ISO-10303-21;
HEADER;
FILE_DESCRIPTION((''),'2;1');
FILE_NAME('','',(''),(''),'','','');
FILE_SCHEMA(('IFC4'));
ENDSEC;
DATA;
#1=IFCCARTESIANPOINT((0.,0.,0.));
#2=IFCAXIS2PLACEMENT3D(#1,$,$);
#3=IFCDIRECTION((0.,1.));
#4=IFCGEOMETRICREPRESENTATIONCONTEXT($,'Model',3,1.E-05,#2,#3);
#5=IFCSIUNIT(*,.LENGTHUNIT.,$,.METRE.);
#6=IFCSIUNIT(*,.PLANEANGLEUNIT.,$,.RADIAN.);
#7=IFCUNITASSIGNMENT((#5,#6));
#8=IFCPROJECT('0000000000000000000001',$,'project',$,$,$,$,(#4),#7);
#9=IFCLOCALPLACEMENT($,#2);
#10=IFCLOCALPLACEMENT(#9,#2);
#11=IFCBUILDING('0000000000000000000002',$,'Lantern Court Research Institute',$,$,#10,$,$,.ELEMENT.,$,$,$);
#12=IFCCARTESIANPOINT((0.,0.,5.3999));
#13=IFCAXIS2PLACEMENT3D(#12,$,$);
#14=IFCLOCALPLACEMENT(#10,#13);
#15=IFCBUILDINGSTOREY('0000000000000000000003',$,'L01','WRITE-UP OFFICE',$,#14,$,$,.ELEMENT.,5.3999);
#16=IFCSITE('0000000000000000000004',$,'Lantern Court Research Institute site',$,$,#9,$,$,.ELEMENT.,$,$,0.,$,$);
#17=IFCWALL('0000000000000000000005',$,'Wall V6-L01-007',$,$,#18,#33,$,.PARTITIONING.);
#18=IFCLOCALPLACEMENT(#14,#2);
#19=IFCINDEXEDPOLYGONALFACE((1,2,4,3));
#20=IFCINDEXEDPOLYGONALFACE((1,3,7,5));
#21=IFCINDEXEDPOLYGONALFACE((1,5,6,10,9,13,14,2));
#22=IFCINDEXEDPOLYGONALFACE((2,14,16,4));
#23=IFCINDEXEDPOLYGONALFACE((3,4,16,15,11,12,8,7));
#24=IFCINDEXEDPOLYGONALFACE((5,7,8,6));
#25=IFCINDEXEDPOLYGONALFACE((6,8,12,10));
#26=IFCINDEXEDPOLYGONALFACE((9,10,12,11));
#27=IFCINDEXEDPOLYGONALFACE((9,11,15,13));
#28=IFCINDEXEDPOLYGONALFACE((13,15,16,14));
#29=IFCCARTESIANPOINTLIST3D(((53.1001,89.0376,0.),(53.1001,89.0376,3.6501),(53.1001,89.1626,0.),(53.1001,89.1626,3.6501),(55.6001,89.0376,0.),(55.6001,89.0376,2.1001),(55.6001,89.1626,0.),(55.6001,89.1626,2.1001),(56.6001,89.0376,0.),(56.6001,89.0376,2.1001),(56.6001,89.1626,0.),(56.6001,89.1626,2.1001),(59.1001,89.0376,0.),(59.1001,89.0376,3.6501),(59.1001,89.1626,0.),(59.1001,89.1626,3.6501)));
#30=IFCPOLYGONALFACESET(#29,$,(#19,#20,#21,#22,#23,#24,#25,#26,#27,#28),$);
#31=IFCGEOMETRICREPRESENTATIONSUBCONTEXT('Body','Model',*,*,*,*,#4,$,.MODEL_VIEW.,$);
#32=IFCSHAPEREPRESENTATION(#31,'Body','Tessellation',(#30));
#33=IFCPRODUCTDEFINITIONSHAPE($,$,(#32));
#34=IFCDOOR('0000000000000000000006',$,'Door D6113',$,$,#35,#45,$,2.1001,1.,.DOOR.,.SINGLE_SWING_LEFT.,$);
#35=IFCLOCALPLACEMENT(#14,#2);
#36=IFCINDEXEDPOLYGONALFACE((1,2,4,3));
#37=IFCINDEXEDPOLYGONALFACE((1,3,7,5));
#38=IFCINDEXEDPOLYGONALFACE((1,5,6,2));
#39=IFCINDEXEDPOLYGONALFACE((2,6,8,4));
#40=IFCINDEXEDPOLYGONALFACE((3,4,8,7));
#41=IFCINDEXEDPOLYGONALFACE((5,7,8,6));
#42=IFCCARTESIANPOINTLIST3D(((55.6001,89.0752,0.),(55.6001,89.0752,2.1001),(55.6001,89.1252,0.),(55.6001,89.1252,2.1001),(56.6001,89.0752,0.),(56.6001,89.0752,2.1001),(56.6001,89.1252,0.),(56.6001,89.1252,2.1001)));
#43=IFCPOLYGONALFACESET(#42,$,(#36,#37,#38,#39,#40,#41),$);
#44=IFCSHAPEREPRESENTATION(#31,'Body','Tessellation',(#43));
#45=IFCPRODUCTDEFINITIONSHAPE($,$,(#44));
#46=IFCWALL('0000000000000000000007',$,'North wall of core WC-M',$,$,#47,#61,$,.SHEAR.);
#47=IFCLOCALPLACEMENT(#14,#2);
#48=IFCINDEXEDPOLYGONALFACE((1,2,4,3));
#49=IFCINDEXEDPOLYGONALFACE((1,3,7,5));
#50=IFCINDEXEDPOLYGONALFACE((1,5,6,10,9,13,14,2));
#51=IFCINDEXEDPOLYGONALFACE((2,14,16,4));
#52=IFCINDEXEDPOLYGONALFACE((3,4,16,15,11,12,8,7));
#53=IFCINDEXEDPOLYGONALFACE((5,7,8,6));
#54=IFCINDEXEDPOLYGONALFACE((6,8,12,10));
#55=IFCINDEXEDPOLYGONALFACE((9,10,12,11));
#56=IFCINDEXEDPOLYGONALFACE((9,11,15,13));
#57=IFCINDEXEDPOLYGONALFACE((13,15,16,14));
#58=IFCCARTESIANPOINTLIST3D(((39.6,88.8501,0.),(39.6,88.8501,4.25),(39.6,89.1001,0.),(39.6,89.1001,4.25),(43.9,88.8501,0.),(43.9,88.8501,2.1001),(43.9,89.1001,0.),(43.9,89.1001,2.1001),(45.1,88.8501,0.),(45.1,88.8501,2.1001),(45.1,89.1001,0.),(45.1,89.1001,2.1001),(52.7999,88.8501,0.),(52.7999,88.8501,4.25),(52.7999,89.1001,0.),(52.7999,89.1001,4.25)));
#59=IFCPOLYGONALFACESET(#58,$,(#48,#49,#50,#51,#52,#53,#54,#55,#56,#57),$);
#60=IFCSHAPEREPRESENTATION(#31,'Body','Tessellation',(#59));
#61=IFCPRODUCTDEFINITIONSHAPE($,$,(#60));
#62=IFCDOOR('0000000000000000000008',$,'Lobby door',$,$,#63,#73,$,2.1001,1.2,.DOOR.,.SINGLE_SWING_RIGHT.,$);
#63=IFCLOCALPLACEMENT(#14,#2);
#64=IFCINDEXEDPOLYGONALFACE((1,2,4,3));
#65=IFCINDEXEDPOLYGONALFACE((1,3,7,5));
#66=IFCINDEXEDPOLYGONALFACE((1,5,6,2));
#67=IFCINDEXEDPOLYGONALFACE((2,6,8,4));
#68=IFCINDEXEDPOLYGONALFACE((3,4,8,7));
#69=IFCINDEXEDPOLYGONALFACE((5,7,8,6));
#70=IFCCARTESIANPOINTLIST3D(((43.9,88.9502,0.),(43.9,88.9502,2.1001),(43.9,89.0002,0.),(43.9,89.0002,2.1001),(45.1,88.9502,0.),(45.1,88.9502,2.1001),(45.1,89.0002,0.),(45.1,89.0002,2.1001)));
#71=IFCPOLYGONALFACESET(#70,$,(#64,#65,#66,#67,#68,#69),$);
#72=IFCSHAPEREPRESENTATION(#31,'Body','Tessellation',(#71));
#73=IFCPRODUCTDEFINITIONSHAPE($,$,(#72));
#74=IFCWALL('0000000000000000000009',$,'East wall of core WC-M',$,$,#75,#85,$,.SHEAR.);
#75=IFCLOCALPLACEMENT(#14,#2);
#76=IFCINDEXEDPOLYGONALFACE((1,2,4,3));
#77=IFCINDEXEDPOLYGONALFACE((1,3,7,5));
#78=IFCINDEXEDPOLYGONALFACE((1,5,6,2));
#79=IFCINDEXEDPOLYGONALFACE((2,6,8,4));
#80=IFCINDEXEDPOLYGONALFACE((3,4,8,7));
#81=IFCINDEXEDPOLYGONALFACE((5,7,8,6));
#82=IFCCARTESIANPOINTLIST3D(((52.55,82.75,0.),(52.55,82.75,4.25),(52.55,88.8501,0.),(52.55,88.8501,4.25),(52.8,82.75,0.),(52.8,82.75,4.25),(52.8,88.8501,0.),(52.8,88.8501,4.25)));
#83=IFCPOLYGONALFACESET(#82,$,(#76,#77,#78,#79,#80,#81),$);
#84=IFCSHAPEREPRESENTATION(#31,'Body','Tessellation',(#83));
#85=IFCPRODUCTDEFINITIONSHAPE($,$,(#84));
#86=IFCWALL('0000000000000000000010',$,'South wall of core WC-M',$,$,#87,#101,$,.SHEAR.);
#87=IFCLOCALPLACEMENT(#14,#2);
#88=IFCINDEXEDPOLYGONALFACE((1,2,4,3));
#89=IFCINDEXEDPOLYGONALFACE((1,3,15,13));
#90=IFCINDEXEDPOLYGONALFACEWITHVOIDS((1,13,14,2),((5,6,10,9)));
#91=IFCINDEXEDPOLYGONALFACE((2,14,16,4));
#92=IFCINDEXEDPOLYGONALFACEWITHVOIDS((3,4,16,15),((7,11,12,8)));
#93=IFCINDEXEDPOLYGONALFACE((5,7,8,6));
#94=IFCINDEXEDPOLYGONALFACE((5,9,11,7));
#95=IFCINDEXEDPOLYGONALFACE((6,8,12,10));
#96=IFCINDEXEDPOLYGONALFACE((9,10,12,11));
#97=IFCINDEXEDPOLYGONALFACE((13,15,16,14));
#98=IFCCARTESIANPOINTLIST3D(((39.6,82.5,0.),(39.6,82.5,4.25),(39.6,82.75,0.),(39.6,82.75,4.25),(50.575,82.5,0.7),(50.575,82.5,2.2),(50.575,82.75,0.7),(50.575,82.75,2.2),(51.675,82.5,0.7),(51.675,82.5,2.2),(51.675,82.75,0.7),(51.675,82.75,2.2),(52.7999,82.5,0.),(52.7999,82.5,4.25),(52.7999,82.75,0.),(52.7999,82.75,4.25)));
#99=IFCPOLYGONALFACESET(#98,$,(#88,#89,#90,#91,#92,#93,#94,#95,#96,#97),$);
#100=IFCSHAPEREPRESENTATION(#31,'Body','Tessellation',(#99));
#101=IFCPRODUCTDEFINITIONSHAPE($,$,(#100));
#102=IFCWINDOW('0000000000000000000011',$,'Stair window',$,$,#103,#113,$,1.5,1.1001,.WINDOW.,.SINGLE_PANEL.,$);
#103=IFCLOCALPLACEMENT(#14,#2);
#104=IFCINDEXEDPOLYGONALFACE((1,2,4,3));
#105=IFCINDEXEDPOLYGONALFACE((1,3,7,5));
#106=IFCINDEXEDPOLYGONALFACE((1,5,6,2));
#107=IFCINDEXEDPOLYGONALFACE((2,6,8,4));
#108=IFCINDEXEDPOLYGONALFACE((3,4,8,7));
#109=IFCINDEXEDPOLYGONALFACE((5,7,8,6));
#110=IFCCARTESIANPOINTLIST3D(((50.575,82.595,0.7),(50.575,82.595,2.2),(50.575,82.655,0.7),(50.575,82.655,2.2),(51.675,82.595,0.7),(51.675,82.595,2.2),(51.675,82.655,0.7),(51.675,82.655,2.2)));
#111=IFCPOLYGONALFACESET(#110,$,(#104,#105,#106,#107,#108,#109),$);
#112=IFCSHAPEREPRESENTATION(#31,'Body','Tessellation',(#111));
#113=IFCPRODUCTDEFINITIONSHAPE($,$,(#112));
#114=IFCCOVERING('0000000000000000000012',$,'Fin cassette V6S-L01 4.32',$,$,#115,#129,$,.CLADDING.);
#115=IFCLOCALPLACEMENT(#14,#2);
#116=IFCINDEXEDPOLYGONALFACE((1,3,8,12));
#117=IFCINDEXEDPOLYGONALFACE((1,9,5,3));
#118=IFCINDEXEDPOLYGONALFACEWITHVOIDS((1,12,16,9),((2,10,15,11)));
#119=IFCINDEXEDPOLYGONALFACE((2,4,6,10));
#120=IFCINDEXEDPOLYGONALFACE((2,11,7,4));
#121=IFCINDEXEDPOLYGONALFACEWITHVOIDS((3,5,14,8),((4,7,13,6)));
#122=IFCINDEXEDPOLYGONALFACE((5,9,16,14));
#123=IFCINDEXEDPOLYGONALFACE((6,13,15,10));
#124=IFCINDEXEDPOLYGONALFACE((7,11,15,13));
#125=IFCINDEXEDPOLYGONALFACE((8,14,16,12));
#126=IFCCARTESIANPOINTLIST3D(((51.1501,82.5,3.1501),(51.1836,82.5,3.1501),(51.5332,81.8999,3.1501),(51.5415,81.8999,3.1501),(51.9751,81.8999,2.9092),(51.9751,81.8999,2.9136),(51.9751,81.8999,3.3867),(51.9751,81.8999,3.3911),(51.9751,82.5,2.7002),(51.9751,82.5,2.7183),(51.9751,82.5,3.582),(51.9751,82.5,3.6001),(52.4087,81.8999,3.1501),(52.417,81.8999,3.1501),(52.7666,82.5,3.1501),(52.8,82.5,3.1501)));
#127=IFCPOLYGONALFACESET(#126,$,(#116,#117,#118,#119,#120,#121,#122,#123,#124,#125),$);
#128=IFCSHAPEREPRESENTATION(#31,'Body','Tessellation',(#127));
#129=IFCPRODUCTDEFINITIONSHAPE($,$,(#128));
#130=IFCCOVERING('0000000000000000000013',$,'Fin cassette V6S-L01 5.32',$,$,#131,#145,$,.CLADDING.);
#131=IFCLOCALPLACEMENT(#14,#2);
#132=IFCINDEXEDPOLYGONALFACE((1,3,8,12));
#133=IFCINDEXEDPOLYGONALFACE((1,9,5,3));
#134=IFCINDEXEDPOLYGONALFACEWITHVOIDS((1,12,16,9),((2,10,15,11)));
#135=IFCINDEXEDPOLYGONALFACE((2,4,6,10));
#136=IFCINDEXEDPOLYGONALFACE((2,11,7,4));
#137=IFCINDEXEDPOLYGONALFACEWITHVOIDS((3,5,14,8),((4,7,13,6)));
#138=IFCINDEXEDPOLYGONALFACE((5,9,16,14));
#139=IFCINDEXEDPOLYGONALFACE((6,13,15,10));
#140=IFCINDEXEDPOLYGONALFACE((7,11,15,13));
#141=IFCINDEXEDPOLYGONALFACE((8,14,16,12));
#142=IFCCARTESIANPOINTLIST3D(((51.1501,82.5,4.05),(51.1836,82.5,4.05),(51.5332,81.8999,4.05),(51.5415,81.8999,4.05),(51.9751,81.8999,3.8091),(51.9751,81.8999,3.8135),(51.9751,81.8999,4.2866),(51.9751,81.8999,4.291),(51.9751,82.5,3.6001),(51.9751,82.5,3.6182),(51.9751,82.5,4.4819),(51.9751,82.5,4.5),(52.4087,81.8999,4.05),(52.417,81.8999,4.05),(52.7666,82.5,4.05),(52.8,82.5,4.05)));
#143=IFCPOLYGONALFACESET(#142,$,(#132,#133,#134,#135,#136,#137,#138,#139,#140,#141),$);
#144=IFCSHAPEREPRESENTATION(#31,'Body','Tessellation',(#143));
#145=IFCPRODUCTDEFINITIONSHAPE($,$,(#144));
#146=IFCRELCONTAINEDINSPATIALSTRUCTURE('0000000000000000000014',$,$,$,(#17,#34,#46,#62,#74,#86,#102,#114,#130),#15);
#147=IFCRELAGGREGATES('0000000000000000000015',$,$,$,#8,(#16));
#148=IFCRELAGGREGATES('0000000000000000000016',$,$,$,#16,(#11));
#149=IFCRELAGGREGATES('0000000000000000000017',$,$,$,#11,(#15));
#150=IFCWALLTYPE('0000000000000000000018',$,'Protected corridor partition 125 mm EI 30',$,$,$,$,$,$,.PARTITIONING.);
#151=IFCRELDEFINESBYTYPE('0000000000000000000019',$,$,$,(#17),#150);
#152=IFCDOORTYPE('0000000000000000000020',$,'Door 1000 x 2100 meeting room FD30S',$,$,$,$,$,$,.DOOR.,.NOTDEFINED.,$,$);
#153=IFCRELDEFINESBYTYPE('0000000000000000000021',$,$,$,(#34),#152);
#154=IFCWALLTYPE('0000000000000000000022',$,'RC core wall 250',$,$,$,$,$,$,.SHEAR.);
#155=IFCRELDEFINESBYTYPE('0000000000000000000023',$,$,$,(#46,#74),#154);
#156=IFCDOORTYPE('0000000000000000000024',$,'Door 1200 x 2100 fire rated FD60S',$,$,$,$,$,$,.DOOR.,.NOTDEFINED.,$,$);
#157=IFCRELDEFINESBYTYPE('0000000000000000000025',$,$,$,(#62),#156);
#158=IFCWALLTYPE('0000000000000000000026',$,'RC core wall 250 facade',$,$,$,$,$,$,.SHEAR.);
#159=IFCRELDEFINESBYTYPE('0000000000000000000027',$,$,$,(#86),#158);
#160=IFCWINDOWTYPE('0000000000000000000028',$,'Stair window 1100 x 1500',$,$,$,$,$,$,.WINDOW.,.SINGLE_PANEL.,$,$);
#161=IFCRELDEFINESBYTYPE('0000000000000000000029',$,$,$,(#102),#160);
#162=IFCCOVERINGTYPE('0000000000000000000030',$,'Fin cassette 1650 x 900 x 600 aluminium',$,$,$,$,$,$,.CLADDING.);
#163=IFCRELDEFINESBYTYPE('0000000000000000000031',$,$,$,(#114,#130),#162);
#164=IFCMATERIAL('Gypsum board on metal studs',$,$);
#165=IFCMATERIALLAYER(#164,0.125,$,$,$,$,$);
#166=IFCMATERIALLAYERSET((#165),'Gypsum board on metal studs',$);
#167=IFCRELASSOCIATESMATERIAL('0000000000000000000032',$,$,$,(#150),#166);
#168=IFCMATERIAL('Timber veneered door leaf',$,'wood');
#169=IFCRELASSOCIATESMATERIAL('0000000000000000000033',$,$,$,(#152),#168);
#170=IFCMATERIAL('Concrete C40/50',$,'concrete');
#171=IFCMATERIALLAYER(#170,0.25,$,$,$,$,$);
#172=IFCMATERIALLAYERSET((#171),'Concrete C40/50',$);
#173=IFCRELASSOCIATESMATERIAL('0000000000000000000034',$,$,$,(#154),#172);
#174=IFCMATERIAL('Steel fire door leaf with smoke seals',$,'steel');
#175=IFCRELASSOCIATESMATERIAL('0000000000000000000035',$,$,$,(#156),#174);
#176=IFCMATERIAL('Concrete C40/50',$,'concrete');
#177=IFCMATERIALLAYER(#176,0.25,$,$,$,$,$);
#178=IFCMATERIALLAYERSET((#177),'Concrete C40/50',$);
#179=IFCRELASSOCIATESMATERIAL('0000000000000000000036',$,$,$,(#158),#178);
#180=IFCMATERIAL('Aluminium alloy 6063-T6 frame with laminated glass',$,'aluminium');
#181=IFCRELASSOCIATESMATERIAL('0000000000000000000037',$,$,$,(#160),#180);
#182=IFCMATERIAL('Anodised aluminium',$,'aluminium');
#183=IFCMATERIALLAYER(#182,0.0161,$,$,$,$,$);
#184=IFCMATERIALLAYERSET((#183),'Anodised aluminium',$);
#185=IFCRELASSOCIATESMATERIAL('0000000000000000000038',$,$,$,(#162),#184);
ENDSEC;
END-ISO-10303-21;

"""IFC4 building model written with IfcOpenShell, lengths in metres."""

from ifc_helpers import new_model, entity, si_unit, direction, frame, frame_2d, origin, place, context, subcontext, project, spatial, rectangle, extrude, material, layer, layer_set, type_object, element, fill, save


model = new_model("IFC4")

# Units and contexts
model_context = context("Model", 3, precision=1e-05, world=origin(), true_north=direction((0.0, 1.0)))
body_context = subcontext(model_context, "Body", "Model", "MODEL_VIEW")
ifc_project = project(units=[si_unit("LENGTHUNIT", "METRE"), si_unit("PLANEANGLEUNIT", "RADIAN")], contexts=[model_context])

# Site, building, storey
site_placement = place(None, origin())
site = spatial("IfcSite", under=ifc_project, at=site_placement, Name="Lantern Court Research Institute site", CompositionType="ELEMENT", RefElevation=0.0)
building_placement = place(site_placement, origin())
building = spatial("IfcBuilding", under=site, at=building_placement, Name="Lantern Court Research Institute", CompositionType="ELEMENT")
storey_placement = place(building_placement, frame((0.0, 0.0, 5.3999)))
storey = spatial("IfcBuildingStorey", under=building, at=storey_placement, Name="L01", Description="WRITE-UP OFFICE", CompositionType="ELEMENT", Elevation=5.3999)

# Walls, openings, doors
ifc_material_1 = material(Name="Gypsum board on metal studs")
ifc_layer_1 = layer(ifc_material_1, 0.125)
ifc_layer_set_1 = layer_set([ifc_layer_1], Name="Gypsum board on metal studs")
wall_type_1 = type_object("IfcWallType", Name="Protected corridor partition 125 mm EI 30", PredefinedType="PARTITIONING", material=ifc_layer_set_1)
wall_1_placement = place(storey_placement, frame((59.1001, 89.1001, 0.0), z_axis=(0.0, 0.0, 1.0), x_axis=(-1.0, 0.0, 0.0)))
wall_1 = element("IfcWall", 1, at=wall_1_placement, inside=storey, type_object=wall_type_1, Name="Wall V6-L01-007", PredefinedType="PARTITIONING", context=body_context, shape_type="SweptSolid", body=[
    extrude(rectangle(XDim=6.0, YDim=0.125, at=frame_2d((3.0, 0.0))), origin(), (0.0, 0.0, 1.0), 3.6501),
])
opening_1_placement = place(wall_1_placement, frame((2.5, 0.0, 0.0)))
opening_1 = element("IfcOpeningElement", 2, at=opening_1_placement, cuts=wall_1, PredefinedType="OPENING", context=body_context, shape_type="SweptSolid", body=[
    extrude(rectangle(XDim=1.0, YDim=2.1001, at=frame_2d((0.5, 1.05))), frame((0.0, 0.0725, 0.0), z_axis=(0.0, -1.0, 0.0), x_axis=(1.0, 0.0, 0.0)), (0.0, 0.0, 1.0), 0.145),
])
ifc_material_2 = material(Name="Timber veneered door leaf", Category="wood")
door_type_1 = type_object("IfcDoorType", Name="Door 1000 x 2100 meeting room FD30S", OperationType="NOTDEFINED", PredefinedType="DOOR", material=ifc_material_2)
door_1_placement = place(opening_1_placement, origin())
door_1 = element("IfcDoor", 3, at=door_1_placement, inside=storey, type_object=door_type_1, Name="Door D6113", OperationType="SINGLE_SWING_LEFT", OverallHeight=2.1001, OverallWidth=1.0, PredefinedType="DOOR", context=body_context, shape_type="SweptSolid", body=[
    extrude(rectangle(XDim=1.0, YDim=2.1001, at=frame_2d((0.5, 1.05))), frame((0.0, 0.0249, 0.0), z_axis=(0.0, -1.0, 0.0), x_axis=(1.0, 0.0, 0.0)), (0.0, 0.0, 1.0), 0.05),
])
fill(opening_1, door_1)
ifc_material_3 = material(Name="Concrete C40/50", Category="concrete")
ifc_layer_2 = layer(ifc_material_3, 0.25)
ifc_layer_set_2 = layer_set([ifc_layer_2], Name="Concrete C40/50")
wall_type_2 = type_object("IfcWallType", Name="RC core wall 250", PredefinedType="SHEAR", material=ifc_layer_set_2)
wall_2_placement = place(storey_placement, frame((52.8, 88.9751, 0.0), z_axis=(0.0, 0.0, 1.0), x_axis=(-1.0, 0.0, 0.0)))
wall_2 = element("IfcWall", 4, at=wall_2_placement, inside=storey, type_object=wall_type_2, Name="North wall of core WC-M", PredefinedType="SHEAR", context=body_context, shape_type="SweptSolid", body=[
    extrude(rectangle(XDim=13.2, YDim=0.25, at=frame_2d((6.6001, 0.0))), origin(), (0.0, 0.0, 1.0), 4.25),
])
opening_2_placement = place(wall_2_placement, frame((7.7, 0.0, 0.0)))
opening_2 = element("IfcOpeningElement", 5, at=opening_2_placement, cuts=wall_2, PredefinedType="OPENING", context=body_context, shape_type="SweptSolid", body=[
    extrude(rectangle(XDim=1.2, YDim=2.1001, at=frame_2d((0.6001, 1.05))), frame((0.0, 0.135, 0.0), z_axis=(0.0, -1.0, 0.0), x_axis=(1.0, 0.0, 0.0)), (0.0, 0.0, 1.0), 0.27),
])
ifc_material_4 = material(Name="Steel fire door leaf with smoke seals", Category="steel")
door_type_2 = type_object("IfcDoorType", Name="Door 1200 x 2100 fire rated FD60S", OperationType="NOTDEFINED", PredefinedType="DOOR", material=ifc_material_4)
door_2_placement = place(opening_2_placement, origin())
door_2 = element("IfcDoor", 6, at=door_2_placement, inside=storey, type_object=door_type_2, Name="Lobby door", OperationType="SINGLE_SWING_RIGHT", OverallHeight=2.1001, OverallWidth=1.2, PredefinedType="DOOR", context=body_context, shape_type="SweptSolid", body=[
    extrude(rectangle(XDim=1.2, YDim=2.1001, at=frame_2d((0.6001, 1.05))), frame((0.0, 0.0249, 0.0), z_axis=(0.0, -1.0, 0.0), x_axis=(1.0, 0.0, 0.0)), (0.0, 0.0, 1.0), 0.05),
])
fill(opening_2, door_2)

# Wall
wall_3_placement = place(storey_placement, frame((52.675, 88.8501, 0.0), z_axis=(0.0, 0.0, 1.0), x_axis=(0.0, -1.0, 0.0)))
element("IfcWall", 7, at=wall_3_placement, inside=storey, type_object=wall_type_2, Name="East wall of core WC-M", PredefinedType="SHEAR", context=body_context, shape_type="SweptSolid", body=[
    extrude(rectangle(XDim=6.1001, YDim=0.25, at=frame_2d((3.05, 0.0))), origin(), (0.0, 0.0, 1.0), 4.25),
])

# Wall, opening, window
ifc_material_5 = material(Name="Concrete C40/50", Category="concrete")
ifc_layer_3 = layer(ifc_material_5, 0.25)
ifc_layer_set_3 = layer_set([ifc_layer_3], Name="Concrete C40/50")
wall_type_3 = type_object("IfcWallType", Name="RC core wall 250 facade", PredefinedType="SHEAR", material=ifc_layer_set_3)
wall_4_placement = place(storey_placement, frame((52.8, 82.625, 0.0), z_axis=(0.0, 0.0, 1.0), x_axis=(-1.0, 0.0, 0.0)))
wall_4 = element("IfcWall", 8, at=wall_4_placement, inside=storey, type_object=wall_type_3, Name="South wall of core WC-M", PredefinedType="SHEAR", context=body_context, shape_type="SweptSolid", body=[
    extrude(rectangle(XDim=13.2, YDim=0.25, at=frame_2d((6.6001, 0.0))), origin(), (0.0, 0.0, 1.0), 4.25),
])
opening_3_placement = place(wall_4_placement, frame((1.125, 0.0, 0.7)))
opening_3 = element("IfcOpeningElement", 9, at=opening_3_placement, cuts=wall_4, PredefinedType="OPENING", context=body_context, shape_type="SweptSolid", body=[
    extrude(rectangle(XDim=1.1001, YDim=1.5, at=frame_2d((0.55, 0.75))), frame((0.0, 0.135, 0.0), z_axis=(0.0, -1.0, 0.0), x_axis=(1.0, 0.0, 0.0)), (0.0, 0.0, 1.0), 0.27),
])
ifc_material_6 = material(Name="Aluminium alloy 6063-T6 frame with laminated glass", Category="aluminium")
window_type_1 = type_object("IfcWindowType", Name="Stair window 1100 x 1500", PartitioningType="SINGLE_PANEL", PredefinedType="WINDOW", material=ifc_material_6)
window_1_placement = place(opening_3_placement, origin())
window_1 = element("IfcWindow", 10, at=window_1_placement, inside=storey, type_object=window_type_1, Name="Stair window", OverallHeight=1.5, OverallWidth=1.1001, PartitioningType="SINGLE_PANEL", PredefinedType="WINDOW", context=body_context, shape_type="SweptSolid", body=[
    extrude(rectangle(XDim=1.1001, YDim=1.5, at=frame_2d((0.55, 0.75))), frame((0.0, 0.03, 0.0), z_axis=(0.0, -1.0, 0.0), x_axis=(1.0, 0.0, 0.0)), (0.0, 0.0, 1.0), 0.0601),
])
fill(opening_3, window_1)

# Coverings
ifc_material_7 = material(Name="Anodised aluminium", Category="aluminium")
ifc_layer_4 = layer(ifc_material_7, 0.0161)
ifc_layer_set_4 = layer_set([ifc_layer_4], Name="Anodised aluminium")
covering_type = type_object("IfcCoveringType", Name="Fin cassette 1650 x 900 x 600 aluminium", PredefinedType="CLADDING", material=ifc_layer_set_4)
covering_1_placement = place(storey_placement, frame((51.9751, 82.5, 3.1501), z_axis=(0.0, -1.0, 0.0), x_axis=(1.0, 0.0, 0.0)))
cartesian_point_1 = entity("IfcCartesianPoint", [0.825, 0.0])
cartesian_point_2 = entity("IfcCartesianPoint", [0.7915, 0.0])
cartesian_point_3 = entity("IfcCartesianPoint", [0.4419, 0.0])
cartesian_point_4 = entity("IfcCartesianPoint", [0.4336, 0.0])
element("IfcCovering", 11, at=covering_1_placement, inside=storey, type_object=covering_type, Name="Fin cassette V6S-L01 4.32", PredefinedType="CLADDING", context=body_context, shape_type="SweptSolid", body=[
    entity("IfcExtrudedAreaSolidTapered", entity("IfcArbitraryProfileDefWithVoids", "AREA", None, entity("IfcPolyline", [cartesian_point_1, entity("IfcCartesianPoint", [0.0, 0.45]), entity("IfcCartesianPoint", [-0.825, 0.0]), entity("IfcCartesianPoint", [0.0, -0.45]), cartesian_point_1]), [entity("IfcPolyline", [cartesian_point_2, entity("IfcCartesianPoint", [0.0, 0.4319]), entity("IfcCartesianPoint", [-0.7915, 0.0]), entity("IfcCartesianPoint", [0.0, -0.4319]), cartesian_point_2])]), entity("IfcAxis2Placement3D", entity("IfcCartesianPoint", [0.0, 0.0, 0.0])), entity("IfcDirection", [0.0, 0.0, 1.0]), 0.6001, entity("IfcArbitraryProfileDefWithVoids", "AREA", None, entity("IfcPolyline", [cartesian_point_3, entity("IfcCartesianPoint", [0.0, 0.241]), entity("IfcCartesianPoint", [-0.4419, 0.0]), entity("IfcCartesianPoint", [0.0, -0.241]), cartesian_point_3]), [entity("IfcPolyline", [cartesian_point_4, entity("IfcCartesianPoint", [0.0, 0.2366]), entity("IfcCartesianPoint", [-0.4336, 0.0]), entity("IfcCartesianPoint", [0.0, -0.2366]), cartesian_point_4])])),
])
covering_2_placement = place(storey_placement, frame((51.9751, 82.5, 4.05), z_axis=(0.0, -1.0, 0.0), x_axis=(1.0, 0.0, 0.0)))
cartesian_point_5 = entity("IfcCartesianPoint", [0.825, 0.0])
cartesian_point_6 = entity("IfcCartesianPoint", [0.7915, 0.0])
cartesian_point_7 = entity("IfcCartesianPoint", [0.4419, 0.0])
cartesian_point_8 = entity("IfcCartesianPoint", [0.4336, 0.0])
element("IfcCovering", 12, at=covering_2_placement, inside=storey, type_object=covering_type, Name="Fin cassette V6S-L01 5.32", PredefinedType="CLADDING", context=body_context, shape_type="SweptSolid", body=[
    entity("IfcExtrudedAreaSolidTapered", entity("IfcArbitraryProfileDefWithVoids", "AREA", None, entity("IfcPolyline", [cartesian_point_5, entity("IfcCartesianPoint", [0.0, 0.45]), entity("IfcCartesianPoint", [-0.825, 0.0]), entity("IfcCartesianPoint", [0.0, -0.45]), cartesian_point_5]), [entity("IfcPolyline", [cartesian_point_6, entity("IfcCartesianPoint", [0.0, 0.4319]), entity("IfcCartesianPoint", [-0.7915, 0.0]), entity("IfcCartesianPoint", [0.0, -0.4319]), cartesian_point_6])]), entity("IfcAxis2Placement3D", entity("IfcCartesianPoint", [0.0, 0.0, 0.0])), entity("IfcDirection", [0.0, 0.0, 1.0]), 0.6001, entity("IfcArbitraryProfileDefWithVoids", "AREA", None, entity("IfcPolyline", [cartesian_point_7, entity("IfcCartesianPoint", [0.0, 0.241]), entity("IfcCartesianPoint", [-0.4419, 0.0]), entity("IfcCartesianPoint", [0.0, -0.241]), cartesian_point_7]), [entity("IfcPolyline", [cartesian_point_8, entity("IfcCartesianPoint", [0.0, 0.2366]), entity("IfcCartesianPoint", [-0.4336, 0.0]), entity("IfcCartesianPoint", [0.0, -0.2366]), cartesian_point_8])])),
])

save(model, "model.ifc")
